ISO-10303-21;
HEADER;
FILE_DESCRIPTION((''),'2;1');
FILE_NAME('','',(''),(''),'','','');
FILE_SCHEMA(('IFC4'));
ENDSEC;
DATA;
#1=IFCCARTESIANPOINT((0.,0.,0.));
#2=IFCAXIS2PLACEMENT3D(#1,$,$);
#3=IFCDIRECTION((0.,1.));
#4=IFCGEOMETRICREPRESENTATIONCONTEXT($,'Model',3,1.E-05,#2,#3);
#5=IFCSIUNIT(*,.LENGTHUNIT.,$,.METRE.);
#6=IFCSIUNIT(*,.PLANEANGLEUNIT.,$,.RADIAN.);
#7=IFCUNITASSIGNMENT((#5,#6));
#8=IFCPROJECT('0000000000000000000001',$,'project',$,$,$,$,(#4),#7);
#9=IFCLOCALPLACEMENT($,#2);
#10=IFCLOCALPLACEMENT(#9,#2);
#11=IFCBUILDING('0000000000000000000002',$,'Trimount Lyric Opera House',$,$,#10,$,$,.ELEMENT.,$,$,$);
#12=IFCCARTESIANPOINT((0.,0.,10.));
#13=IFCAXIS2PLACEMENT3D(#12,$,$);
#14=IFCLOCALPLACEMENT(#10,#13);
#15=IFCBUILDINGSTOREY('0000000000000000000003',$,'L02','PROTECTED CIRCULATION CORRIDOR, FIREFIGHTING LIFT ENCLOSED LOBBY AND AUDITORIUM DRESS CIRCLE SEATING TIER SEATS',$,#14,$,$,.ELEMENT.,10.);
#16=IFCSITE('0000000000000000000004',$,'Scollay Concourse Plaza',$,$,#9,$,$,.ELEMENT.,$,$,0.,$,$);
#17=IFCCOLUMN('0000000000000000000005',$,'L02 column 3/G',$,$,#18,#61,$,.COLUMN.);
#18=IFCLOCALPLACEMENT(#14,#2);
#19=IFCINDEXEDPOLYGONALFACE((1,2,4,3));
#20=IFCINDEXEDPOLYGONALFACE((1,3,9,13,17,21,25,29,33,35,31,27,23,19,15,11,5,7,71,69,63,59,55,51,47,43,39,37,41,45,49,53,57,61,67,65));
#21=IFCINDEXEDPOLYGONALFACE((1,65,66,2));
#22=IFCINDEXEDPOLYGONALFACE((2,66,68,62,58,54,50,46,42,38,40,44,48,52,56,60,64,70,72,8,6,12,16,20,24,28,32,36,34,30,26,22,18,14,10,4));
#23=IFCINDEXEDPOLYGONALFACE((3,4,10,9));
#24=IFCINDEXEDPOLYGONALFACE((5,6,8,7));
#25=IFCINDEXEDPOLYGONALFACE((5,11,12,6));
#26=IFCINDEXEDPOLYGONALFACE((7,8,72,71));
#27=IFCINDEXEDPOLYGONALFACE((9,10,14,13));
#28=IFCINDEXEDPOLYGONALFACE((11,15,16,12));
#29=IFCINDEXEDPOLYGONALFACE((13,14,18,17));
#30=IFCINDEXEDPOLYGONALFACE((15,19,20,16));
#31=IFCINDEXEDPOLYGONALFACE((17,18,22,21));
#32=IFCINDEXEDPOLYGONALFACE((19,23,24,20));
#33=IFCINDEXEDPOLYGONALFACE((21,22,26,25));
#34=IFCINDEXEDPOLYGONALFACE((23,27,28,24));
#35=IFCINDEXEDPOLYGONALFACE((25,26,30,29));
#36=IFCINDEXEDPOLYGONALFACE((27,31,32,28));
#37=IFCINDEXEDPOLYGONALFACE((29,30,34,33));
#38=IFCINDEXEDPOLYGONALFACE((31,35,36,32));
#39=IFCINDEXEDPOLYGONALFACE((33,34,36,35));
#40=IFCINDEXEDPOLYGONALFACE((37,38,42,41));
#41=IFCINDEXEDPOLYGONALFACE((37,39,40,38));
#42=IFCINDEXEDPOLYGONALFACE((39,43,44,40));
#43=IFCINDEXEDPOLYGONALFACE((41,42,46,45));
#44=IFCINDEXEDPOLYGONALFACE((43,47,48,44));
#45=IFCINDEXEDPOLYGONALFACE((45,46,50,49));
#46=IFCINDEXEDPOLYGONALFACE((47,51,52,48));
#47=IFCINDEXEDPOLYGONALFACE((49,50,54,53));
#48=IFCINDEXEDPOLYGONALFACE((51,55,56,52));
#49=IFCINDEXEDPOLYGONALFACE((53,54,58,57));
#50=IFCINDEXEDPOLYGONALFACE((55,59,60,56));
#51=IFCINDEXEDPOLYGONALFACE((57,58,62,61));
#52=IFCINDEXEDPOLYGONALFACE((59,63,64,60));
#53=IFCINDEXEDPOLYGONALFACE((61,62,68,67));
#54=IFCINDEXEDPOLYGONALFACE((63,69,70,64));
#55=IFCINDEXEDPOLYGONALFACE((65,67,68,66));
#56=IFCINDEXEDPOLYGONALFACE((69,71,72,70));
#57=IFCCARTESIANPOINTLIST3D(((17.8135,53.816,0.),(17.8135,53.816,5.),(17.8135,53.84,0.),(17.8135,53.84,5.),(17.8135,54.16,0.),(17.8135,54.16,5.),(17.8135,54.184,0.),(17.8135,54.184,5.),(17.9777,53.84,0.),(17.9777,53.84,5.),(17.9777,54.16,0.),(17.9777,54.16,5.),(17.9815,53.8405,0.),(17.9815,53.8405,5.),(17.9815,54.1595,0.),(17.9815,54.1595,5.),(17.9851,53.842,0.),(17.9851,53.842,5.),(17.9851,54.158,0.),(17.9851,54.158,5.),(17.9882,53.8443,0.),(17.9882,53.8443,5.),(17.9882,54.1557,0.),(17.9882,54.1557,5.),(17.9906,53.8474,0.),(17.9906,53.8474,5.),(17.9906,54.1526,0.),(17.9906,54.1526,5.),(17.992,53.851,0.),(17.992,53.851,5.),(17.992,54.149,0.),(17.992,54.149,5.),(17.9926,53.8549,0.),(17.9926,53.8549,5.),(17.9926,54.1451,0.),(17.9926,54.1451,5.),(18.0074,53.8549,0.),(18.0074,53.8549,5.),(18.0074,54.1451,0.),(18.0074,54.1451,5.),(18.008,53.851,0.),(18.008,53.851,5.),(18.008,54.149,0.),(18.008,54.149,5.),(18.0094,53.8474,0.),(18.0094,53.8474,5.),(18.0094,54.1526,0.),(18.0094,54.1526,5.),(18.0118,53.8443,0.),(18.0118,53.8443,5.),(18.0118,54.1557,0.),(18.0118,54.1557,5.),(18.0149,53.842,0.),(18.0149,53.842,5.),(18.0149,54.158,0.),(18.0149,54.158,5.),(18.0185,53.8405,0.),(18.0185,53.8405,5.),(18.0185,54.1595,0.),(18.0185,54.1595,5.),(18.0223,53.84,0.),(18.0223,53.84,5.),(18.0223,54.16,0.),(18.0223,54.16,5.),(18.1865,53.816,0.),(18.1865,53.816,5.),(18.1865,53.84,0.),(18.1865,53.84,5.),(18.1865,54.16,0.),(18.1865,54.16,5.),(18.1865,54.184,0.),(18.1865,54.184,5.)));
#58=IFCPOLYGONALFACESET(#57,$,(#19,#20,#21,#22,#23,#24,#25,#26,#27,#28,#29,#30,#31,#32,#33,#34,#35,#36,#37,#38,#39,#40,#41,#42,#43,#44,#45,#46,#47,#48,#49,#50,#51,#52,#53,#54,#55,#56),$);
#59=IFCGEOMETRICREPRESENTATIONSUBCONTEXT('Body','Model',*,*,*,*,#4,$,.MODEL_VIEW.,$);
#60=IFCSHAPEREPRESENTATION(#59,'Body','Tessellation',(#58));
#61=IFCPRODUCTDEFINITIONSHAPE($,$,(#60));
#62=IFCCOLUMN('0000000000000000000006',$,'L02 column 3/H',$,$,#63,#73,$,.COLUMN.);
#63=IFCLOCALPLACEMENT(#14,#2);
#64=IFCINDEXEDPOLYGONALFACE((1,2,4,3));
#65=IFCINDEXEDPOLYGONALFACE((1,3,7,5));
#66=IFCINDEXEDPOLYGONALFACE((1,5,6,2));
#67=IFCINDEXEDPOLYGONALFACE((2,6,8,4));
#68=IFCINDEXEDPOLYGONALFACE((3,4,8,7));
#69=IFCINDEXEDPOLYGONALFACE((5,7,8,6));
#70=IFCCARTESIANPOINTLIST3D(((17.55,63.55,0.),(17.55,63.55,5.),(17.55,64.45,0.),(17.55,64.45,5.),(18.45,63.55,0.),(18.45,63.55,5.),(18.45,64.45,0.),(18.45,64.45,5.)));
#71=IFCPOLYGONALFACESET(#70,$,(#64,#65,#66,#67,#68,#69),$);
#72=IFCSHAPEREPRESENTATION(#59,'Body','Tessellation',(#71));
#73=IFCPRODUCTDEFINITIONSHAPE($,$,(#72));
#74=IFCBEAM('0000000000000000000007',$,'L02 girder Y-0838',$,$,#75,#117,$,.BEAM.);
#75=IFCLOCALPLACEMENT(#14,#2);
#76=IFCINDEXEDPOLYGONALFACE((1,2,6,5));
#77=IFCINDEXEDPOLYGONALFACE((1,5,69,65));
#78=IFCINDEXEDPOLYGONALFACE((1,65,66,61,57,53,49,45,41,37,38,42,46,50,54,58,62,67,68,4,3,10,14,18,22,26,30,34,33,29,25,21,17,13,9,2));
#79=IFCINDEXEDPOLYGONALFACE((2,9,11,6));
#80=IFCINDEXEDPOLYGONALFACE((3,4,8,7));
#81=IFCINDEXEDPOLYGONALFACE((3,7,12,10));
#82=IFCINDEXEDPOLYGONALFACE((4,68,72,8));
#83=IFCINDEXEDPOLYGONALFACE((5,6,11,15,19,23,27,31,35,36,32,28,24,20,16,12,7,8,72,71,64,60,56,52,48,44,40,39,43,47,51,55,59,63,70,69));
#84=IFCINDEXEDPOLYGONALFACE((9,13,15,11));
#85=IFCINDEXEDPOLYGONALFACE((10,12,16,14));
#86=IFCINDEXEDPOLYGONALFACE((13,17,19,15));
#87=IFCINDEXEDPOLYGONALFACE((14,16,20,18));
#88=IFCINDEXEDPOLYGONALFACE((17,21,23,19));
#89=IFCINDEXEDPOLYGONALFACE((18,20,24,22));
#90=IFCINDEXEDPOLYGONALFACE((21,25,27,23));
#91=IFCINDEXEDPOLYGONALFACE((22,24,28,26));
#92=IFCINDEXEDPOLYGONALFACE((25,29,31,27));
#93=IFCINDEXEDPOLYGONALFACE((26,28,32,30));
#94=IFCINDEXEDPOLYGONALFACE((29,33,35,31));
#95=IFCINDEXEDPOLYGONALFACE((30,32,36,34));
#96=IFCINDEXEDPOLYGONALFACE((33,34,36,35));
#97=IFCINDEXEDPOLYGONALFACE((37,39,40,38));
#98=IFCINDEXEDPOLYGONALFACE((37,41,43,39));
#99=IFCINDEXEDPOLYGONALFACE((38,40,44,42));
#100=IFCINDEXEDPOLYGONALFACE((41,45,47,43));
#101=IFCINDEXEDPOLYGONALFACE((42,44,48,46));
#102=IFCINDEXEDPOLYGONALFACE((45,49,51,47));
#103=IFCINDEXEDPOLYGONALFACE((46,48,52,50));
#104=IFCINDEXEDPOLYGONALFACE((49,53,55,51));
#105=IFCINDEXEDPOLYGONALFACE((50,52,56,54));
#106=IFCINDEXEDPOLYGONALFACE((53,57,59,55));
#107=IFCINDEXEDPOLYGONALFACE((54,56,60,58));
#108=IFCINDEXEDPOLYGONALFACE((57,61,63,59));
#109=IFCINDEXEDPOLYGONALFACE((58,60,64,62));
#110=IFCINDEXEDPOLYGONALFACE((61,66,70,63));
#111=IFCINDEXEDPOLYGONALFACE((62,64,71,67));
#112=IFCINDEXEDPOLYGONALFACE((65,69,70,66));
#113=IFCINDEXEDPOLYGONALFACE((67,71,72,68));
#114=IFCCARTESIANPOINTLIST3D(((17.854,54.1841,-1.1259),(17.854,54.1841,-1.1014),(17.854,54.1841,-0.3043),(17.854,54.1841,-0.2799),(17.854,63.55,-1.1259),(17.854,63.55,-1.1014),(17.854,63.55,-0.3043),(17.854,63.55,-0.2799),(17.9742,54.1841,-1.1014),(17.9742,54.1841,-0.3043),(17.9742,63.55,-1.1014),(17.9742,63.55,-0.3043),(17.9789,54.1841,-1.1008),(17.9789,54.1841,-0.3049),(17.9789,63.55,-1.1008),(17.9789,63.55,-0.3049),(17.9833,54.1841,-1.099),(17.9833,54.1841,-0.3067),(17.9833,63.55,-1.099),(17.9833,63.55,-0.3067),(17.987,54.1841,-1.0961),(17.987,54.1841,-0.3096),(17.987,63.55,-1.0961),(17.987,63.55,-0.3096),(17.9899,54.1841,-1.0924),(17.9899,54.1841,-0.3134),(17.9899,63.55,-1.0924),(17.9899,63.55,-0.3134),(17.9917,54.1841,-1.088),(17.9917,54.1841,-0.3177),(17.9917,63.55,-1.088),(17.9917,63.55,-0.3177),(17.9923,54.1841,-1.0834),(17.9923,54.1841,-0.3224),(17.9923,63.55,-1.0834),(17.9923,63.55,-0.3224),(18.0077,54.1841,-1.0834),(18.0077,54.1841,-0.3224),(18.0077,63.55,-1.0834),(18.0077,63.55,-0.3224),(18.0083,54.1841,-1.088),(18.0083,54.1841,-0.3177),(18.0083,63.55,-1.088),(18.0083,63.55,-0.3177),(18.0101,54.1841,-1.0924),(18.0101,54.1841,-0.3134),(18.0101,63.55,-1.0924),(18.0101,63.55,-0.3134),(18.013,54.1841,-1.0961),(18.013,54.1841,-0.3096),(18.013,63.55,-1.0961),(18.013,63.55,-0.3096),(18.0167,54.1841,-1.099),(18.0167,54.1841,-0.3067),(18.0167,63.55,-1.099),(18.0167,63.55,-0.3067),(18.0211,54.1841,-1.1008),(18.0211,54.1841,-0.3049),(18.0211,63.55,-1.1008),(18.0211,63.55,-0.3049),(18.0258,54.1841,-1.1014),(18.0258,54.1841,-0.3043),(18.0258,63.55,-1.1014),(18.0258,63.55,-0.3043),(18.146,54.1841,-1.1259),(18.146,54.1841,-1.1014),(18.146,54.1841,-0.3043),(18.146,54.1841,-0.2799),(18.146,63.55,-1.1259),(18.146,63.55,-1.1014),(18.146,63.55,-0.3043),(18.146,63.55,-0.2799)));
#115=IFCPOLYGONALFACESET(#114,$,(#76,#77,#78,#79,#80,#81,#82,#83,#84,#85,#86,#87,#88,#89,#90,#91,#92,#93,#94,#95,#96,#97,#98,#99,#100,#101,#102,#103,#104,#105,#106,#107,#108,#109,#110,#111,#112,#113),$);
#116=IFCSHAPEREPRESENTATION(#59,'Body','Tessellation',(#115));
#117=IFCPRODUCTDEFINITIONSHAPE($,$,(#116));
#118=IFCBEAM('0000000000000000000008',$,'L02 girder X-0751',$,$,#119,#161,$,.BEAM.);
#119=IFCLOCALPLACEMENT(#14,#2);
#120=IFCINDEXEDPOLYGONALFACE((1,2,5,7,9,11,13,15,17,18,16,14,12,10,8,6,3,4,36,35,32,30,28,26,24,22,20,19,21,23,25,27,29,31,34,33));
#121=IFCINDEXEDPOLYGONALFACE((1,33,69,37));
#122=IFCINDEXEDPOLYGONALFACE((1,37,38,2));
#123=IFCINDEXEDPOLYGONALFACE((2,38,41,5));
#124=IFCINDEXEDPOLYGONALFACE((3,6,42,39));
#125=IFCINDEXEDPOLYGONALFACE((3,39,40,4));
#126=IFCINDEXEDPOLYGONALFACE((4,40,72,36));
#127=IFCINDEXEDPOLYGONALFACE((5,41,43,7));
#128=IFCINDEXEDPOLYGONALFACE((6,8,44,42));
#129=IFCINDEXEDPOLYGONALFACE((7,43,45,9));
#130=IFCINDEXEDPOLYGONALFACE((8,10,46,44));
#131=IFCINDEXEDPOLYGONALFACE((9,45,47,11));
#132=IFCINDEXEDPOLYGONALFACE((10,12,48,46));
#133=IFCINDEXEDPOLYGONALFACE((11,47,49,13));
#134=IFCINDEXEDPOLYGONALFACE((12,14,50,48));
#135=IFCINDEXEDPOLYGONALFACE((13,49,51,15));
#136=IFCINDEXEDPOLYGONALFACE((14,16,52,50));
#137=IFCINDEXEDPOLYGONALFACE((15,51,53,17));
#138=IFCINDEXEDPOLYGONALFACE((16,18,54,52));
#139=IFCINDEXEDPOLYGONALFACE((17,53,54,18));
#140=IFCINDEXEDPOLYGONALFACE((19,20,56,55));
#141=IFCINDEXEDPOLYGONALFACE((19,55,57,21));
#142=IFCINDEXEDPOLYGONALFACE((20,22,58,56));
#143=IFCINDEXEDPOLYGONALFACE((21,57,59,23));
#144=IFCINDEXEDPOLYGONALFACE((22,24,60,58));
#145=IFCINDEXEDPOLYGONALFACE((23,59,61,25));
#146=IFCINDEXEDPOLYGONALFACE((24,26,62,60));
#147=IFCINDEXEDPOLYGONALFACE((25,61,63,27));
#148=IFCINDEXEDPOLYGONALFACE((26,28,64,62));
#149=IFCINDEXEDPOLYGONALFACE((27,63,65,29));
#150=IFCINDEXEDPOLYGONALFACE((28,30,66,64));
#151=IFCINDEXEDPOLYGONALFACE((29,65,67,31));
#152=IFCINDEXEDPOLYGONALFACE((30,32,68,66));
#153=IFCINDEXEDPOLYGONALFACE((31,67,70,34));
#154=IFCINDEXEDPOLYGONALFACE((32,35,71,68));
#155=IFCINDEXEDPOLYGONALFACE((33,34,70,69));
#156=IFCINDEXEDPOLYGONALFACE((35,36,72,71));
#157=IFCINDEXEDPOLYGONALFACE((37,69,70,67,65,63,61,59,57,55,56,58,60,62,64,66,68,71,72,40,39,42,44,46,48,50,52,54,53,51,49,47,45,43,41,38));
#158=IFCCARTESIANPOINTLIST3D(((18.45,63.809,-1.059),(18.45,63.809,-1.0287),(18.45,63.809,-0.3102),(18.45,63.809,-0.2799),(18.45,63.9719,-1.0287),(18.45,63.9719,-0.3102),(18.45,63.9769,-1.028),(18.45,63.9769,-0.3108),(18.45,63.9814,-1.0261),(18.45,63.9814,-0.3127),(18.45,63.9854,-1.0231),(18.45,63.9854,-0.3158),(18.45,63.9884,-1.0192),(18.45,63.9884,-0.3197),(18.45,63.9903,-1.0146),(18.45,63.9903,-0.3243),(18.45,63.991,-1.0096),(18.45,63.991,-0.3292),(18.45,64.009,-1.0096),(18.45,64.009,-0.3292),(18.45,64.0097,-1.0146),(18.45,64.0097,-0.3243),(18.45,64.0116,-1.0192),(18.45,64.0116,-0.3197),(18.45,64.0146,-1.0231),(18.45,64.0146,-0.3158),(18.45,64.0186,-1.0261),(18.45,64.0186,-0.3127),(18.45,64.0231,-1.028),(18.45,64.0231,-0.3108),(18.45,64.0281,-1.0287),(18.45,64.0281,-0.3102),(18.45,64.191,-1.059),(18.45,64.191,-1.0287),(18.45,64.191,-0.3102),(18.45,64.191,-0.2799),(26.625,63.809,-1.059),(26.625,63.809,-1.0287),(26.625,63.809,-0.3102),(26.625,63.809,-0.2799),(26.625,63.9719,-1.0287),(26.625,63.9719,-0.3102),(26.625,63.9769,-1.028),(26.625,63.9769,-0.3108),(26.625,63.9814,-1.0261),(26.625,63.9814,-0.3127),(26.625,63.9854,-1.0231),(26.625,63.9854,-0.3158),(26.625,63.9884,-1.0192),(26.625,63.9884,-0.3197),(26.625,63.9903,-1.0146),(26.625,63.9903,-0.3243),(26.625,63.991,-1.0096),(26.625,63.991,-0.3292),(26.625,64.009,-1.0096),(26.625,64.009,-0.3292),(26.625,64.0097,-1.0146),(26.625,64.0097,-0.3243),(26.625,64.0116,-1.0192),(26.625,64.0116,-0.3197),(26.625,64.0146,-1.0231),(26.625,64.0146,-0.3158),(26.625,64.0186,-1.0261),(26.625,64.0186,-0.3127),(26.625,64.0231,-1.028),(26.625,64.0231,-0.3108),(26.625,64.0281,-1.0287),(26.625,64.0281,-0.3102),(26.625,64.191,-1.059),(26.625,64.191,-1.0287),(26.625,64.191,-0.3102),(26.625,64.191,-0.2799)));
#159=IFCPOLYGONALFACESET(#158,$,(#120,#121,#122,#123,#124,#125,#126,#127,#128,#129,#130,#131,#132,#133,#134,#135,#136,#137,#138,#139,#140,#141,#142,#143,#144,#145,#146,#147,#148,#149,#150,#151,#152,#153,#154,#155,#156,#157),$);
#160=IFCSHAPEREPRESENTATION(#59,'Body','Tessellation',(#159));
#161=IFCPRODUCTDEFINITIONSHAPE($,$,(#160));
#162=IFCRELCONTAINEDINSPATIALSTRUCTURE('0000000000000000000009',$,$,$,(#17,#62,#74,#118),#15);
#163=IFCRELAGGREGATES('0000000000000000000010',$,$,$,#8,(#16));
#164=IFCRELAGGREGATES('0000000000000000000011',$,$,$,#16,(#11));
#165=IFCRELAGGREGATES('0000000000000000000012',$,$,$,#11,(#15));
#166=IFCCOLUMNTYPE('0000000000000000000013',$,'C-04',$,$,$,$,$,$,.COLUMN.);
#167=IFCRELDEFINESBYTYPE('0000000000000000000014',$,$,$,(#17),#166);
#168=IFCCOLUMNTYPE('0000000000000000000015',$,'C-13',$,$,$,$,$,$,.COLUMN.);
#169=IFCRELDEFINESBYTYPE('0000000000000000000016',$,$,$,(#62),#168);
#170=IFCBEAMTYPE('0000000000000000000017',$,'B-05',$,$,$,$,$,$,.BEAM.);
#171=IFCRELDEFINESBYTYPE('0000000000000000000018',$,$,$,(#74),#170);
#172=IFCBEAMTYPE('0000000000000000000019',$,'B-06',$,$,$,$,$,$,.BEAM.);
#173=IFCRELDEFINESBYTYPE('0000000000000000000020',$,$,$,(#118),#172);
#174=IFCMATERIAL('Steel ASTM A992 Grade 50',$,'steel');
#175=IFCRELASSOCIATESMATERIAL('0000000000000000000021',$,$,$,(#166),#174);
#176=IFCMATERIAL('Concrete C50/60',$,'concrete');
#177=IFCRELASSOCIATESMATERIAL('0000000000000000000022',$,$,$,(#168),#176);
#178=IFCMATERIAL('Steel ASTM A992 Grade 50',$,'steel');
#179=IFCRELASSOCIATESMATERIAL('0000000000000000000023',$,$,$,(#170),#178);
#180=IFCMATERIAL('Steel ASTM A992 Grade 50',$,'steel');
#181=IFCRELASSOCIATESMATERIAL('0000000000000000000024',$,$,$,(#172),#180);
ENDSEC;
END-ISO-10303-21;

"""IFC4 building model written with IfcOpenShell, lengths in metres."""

from ifc_helpers import new_model, si_unit, direction, frame, origin, origin_2d, place, context, subcontext, project, spatial, rectangle, i_section, extrude, material, material_profile, profile_set, type_object, element, save


model = new_model("IFC4")

# Units and contexts
model_context = context("Model", 3, precision=1e-05, world=origin(), true_north=direction((0.0, 1.0)))
body_context = subcontext(model_context, "Body", "Model", "MODEL_VIEW")
ifc_project = project(units=[si_unit("LENGTHUNIT", "METRE"), si_unit("PLANEANGLEUNIT", "RADIAN")], contexts=[model_context])

# Site, building, storey
site_placement = place(None, origin())
site = spatial("IfcSite", under=ifc_project, at=site_placement, Name="Scollay Concourse Plaza", CompositionType="ELEMENT", RefElevation=0.0)
building_placement = place(site_placement, origin())
building = spatial("IfcBuilding", under=site, at=building_placement, Name="Trimount Lyric Opera House", CompositionType="ELEMENT")
storey_placement = place(building_placement, frame((0.0, 0.0, 10.0)))
storey = spatial("IfcBuildingStorey", under=building, at=storey_placement, Name="L02", Description="PROTECTED CIRCULATION CORRIDOR, FIREFIGHTING LIFT ENCLOSED LOBBY AND AUDITORIUM DRESS CIRCLE SEATING TIER SEATS", CompositionType="ELEMENT", Elevation=10.0)

# Columns
ifc_material_1 = material(Name="Steel ASTM A992 Grade 50", Category="steel")
ifc_material_profile_1 = material_profile(ifc_material_1, i_section(OverallWidth=0.373, OverallDepth=0.3679, WebThickness=0.0149, FlangeThickness=0.0239, FilletRadius=0.0149, at=origin_2d()), Name="W14X120")
ifc_profile_set_1 = profile_set([ifc_material_profile_1], Name="Steel ASTM A992 Grade 50")
column_type_1 = type_object("IfcColumnType", Name="C-04", PredefinedType="COLUMN", material=ifc_profile_set_1)
column_1_placement = place(storey_placement, frame((18.0, 54.0, 0.0), z_axis=(0.0, 0.0, 1.0), x_axis=(1.0, 0.0, 0.0)))
element("IfcColumn", 1, at=column_1_placement, inside=storey, type_object=column_type_1, Name="L02 column 3/G", PredefinedType="COLUMN", context=body_context, shape_type="SweptSolid", body=[
    extrude(i_section(OverallWidth=0.373, OverallDepth=0.3679, WebThickness=0.0149, FlangeThickness=0.0239, FilletRadius=0.0149, at=origin_2d()), origin(), (0.0, 0.0, 1.0), 5.0),
])
ifc_material_2 = material(Name="Concrete C50/60", Category="concrete")
ifc_material_profile_2 = material_profile(ifc_material_2, rectangle(XDim=0.8999, YDim=0.8999, at=origin_2d()), Name="RC900X900")
ifc_profile_set_2 = profile_set([ifc_material_profile_2], Name="Concrete C50/60")
column_type_2 = type_object("IfcColumnType", Name="C-13", PredefinedType="COLUMN", material=ifc_profile_set_2)
column_2_placement = place(storey_placement, frame((18.0, 64.0, 0.0), z_axis=(0.0, 0.0, 1.0), x_axis=(1.0, 0.0, 0.0)))
element("IfcColumn", 2, at=column_2_placement, inside=storey, type_object=column_type_2, Name="L02 column 3/H", PredefinedType="COLUMN", context=body_context, shape_type="SweptSolid", body=[
    extrude(rectangle(XDim=0.8999, YDim=0.8999, at=origin_2d()), origin(), (0.0, 0.0, 1.0), 5.0),
])

# Beams
ifc_material_3 = material(Name="Steel ASTM A992 Grade 50", Category="steel")
ifc_material_profile_3 = material_profile(ifc_material_3, i_section(OverallWidth=0.292, OverallDepth=0.8459, WebThickness=0.0154, FlangeThickness=0.0244, FilletRadius=0.0181, at=origin_2d()), Name="W33X141")
ifc_profile_set_3 = profile_set([ifc_material_profile_3], Name="Steel ASTM A992 Grade 50")
beam_type_1 = type_object("IfcBeamType", Name="B-05", PredefinedType="BEAM", material=ifc_profile_set_3)
beam_1_placement = place(storey_placement, frame((18.0, 54.1841, -0.7029), z_axis=(0.0, 1.0, 0.0), x_axis=(-1.0, 0.0, 0.0)))
element("IfcBeam", 3, at=beam_1_placement, inside=storey, type_object=beam_type_1, Name="L02 girder Y-0838", PredefinedType="BEAM", context=body_context, shape_type="SweptSolid", body=[
    extrude(i_section(OverallWidth=0.292, OverallDepth=0.8459, WebThickness=0.0154, FlangeThickness=0.0244, FilletRadius=0.0181, at=origin_2d()), origin(), (0.0, 0.0, 1.0), 9.366),
])
ifc_material_4 = material(Name="Steel ASTM A992 Grade 50", Category="steel")
ifc_material_profile_4 = material_profile(ifc_material_4, i_section(OverallWidth=0.3821, OverallDepth=0.7791, WebThickness=0.0181, FlangeThickness=0.0303, FilletRadius=0.019, at=origin_2d()), Name="W30X191")
ifc_profile_set_4 = profile_set([ifc_material_profile_4], Name="Steel ASTM A992 Grade 50")
beam_type_2 = type_object("IfcBeamType", Name="B-06", PredefinedType="BEAM", material=ifc_profile_set_4)
beam_2_placement = place(storey_placement, frame((18.45, 64.0, -0.6694), z_axis=(1.0, 0.0, 0.0), x_axis=(0.0, 1.0, 0.0)))
element("IfcBeam", 4, at=beam_2_placement, inside=storey, type_object=beam_type_2, Name="L02 girder X-0751", PredefinedType="BEAM", context=body_context, shape_type="SweptSolid", body=[
    extrude(i_section(OverallWidth=0.3821, OverallDepth=0.7791, WebThickness=0.0181, FlangeThickness=0.0303, FilletRadius=0.019, at=origin_2d()), origin(), (0.0, 0.0, 1.0), 8.175),
])

save(model, "model.ifc")
